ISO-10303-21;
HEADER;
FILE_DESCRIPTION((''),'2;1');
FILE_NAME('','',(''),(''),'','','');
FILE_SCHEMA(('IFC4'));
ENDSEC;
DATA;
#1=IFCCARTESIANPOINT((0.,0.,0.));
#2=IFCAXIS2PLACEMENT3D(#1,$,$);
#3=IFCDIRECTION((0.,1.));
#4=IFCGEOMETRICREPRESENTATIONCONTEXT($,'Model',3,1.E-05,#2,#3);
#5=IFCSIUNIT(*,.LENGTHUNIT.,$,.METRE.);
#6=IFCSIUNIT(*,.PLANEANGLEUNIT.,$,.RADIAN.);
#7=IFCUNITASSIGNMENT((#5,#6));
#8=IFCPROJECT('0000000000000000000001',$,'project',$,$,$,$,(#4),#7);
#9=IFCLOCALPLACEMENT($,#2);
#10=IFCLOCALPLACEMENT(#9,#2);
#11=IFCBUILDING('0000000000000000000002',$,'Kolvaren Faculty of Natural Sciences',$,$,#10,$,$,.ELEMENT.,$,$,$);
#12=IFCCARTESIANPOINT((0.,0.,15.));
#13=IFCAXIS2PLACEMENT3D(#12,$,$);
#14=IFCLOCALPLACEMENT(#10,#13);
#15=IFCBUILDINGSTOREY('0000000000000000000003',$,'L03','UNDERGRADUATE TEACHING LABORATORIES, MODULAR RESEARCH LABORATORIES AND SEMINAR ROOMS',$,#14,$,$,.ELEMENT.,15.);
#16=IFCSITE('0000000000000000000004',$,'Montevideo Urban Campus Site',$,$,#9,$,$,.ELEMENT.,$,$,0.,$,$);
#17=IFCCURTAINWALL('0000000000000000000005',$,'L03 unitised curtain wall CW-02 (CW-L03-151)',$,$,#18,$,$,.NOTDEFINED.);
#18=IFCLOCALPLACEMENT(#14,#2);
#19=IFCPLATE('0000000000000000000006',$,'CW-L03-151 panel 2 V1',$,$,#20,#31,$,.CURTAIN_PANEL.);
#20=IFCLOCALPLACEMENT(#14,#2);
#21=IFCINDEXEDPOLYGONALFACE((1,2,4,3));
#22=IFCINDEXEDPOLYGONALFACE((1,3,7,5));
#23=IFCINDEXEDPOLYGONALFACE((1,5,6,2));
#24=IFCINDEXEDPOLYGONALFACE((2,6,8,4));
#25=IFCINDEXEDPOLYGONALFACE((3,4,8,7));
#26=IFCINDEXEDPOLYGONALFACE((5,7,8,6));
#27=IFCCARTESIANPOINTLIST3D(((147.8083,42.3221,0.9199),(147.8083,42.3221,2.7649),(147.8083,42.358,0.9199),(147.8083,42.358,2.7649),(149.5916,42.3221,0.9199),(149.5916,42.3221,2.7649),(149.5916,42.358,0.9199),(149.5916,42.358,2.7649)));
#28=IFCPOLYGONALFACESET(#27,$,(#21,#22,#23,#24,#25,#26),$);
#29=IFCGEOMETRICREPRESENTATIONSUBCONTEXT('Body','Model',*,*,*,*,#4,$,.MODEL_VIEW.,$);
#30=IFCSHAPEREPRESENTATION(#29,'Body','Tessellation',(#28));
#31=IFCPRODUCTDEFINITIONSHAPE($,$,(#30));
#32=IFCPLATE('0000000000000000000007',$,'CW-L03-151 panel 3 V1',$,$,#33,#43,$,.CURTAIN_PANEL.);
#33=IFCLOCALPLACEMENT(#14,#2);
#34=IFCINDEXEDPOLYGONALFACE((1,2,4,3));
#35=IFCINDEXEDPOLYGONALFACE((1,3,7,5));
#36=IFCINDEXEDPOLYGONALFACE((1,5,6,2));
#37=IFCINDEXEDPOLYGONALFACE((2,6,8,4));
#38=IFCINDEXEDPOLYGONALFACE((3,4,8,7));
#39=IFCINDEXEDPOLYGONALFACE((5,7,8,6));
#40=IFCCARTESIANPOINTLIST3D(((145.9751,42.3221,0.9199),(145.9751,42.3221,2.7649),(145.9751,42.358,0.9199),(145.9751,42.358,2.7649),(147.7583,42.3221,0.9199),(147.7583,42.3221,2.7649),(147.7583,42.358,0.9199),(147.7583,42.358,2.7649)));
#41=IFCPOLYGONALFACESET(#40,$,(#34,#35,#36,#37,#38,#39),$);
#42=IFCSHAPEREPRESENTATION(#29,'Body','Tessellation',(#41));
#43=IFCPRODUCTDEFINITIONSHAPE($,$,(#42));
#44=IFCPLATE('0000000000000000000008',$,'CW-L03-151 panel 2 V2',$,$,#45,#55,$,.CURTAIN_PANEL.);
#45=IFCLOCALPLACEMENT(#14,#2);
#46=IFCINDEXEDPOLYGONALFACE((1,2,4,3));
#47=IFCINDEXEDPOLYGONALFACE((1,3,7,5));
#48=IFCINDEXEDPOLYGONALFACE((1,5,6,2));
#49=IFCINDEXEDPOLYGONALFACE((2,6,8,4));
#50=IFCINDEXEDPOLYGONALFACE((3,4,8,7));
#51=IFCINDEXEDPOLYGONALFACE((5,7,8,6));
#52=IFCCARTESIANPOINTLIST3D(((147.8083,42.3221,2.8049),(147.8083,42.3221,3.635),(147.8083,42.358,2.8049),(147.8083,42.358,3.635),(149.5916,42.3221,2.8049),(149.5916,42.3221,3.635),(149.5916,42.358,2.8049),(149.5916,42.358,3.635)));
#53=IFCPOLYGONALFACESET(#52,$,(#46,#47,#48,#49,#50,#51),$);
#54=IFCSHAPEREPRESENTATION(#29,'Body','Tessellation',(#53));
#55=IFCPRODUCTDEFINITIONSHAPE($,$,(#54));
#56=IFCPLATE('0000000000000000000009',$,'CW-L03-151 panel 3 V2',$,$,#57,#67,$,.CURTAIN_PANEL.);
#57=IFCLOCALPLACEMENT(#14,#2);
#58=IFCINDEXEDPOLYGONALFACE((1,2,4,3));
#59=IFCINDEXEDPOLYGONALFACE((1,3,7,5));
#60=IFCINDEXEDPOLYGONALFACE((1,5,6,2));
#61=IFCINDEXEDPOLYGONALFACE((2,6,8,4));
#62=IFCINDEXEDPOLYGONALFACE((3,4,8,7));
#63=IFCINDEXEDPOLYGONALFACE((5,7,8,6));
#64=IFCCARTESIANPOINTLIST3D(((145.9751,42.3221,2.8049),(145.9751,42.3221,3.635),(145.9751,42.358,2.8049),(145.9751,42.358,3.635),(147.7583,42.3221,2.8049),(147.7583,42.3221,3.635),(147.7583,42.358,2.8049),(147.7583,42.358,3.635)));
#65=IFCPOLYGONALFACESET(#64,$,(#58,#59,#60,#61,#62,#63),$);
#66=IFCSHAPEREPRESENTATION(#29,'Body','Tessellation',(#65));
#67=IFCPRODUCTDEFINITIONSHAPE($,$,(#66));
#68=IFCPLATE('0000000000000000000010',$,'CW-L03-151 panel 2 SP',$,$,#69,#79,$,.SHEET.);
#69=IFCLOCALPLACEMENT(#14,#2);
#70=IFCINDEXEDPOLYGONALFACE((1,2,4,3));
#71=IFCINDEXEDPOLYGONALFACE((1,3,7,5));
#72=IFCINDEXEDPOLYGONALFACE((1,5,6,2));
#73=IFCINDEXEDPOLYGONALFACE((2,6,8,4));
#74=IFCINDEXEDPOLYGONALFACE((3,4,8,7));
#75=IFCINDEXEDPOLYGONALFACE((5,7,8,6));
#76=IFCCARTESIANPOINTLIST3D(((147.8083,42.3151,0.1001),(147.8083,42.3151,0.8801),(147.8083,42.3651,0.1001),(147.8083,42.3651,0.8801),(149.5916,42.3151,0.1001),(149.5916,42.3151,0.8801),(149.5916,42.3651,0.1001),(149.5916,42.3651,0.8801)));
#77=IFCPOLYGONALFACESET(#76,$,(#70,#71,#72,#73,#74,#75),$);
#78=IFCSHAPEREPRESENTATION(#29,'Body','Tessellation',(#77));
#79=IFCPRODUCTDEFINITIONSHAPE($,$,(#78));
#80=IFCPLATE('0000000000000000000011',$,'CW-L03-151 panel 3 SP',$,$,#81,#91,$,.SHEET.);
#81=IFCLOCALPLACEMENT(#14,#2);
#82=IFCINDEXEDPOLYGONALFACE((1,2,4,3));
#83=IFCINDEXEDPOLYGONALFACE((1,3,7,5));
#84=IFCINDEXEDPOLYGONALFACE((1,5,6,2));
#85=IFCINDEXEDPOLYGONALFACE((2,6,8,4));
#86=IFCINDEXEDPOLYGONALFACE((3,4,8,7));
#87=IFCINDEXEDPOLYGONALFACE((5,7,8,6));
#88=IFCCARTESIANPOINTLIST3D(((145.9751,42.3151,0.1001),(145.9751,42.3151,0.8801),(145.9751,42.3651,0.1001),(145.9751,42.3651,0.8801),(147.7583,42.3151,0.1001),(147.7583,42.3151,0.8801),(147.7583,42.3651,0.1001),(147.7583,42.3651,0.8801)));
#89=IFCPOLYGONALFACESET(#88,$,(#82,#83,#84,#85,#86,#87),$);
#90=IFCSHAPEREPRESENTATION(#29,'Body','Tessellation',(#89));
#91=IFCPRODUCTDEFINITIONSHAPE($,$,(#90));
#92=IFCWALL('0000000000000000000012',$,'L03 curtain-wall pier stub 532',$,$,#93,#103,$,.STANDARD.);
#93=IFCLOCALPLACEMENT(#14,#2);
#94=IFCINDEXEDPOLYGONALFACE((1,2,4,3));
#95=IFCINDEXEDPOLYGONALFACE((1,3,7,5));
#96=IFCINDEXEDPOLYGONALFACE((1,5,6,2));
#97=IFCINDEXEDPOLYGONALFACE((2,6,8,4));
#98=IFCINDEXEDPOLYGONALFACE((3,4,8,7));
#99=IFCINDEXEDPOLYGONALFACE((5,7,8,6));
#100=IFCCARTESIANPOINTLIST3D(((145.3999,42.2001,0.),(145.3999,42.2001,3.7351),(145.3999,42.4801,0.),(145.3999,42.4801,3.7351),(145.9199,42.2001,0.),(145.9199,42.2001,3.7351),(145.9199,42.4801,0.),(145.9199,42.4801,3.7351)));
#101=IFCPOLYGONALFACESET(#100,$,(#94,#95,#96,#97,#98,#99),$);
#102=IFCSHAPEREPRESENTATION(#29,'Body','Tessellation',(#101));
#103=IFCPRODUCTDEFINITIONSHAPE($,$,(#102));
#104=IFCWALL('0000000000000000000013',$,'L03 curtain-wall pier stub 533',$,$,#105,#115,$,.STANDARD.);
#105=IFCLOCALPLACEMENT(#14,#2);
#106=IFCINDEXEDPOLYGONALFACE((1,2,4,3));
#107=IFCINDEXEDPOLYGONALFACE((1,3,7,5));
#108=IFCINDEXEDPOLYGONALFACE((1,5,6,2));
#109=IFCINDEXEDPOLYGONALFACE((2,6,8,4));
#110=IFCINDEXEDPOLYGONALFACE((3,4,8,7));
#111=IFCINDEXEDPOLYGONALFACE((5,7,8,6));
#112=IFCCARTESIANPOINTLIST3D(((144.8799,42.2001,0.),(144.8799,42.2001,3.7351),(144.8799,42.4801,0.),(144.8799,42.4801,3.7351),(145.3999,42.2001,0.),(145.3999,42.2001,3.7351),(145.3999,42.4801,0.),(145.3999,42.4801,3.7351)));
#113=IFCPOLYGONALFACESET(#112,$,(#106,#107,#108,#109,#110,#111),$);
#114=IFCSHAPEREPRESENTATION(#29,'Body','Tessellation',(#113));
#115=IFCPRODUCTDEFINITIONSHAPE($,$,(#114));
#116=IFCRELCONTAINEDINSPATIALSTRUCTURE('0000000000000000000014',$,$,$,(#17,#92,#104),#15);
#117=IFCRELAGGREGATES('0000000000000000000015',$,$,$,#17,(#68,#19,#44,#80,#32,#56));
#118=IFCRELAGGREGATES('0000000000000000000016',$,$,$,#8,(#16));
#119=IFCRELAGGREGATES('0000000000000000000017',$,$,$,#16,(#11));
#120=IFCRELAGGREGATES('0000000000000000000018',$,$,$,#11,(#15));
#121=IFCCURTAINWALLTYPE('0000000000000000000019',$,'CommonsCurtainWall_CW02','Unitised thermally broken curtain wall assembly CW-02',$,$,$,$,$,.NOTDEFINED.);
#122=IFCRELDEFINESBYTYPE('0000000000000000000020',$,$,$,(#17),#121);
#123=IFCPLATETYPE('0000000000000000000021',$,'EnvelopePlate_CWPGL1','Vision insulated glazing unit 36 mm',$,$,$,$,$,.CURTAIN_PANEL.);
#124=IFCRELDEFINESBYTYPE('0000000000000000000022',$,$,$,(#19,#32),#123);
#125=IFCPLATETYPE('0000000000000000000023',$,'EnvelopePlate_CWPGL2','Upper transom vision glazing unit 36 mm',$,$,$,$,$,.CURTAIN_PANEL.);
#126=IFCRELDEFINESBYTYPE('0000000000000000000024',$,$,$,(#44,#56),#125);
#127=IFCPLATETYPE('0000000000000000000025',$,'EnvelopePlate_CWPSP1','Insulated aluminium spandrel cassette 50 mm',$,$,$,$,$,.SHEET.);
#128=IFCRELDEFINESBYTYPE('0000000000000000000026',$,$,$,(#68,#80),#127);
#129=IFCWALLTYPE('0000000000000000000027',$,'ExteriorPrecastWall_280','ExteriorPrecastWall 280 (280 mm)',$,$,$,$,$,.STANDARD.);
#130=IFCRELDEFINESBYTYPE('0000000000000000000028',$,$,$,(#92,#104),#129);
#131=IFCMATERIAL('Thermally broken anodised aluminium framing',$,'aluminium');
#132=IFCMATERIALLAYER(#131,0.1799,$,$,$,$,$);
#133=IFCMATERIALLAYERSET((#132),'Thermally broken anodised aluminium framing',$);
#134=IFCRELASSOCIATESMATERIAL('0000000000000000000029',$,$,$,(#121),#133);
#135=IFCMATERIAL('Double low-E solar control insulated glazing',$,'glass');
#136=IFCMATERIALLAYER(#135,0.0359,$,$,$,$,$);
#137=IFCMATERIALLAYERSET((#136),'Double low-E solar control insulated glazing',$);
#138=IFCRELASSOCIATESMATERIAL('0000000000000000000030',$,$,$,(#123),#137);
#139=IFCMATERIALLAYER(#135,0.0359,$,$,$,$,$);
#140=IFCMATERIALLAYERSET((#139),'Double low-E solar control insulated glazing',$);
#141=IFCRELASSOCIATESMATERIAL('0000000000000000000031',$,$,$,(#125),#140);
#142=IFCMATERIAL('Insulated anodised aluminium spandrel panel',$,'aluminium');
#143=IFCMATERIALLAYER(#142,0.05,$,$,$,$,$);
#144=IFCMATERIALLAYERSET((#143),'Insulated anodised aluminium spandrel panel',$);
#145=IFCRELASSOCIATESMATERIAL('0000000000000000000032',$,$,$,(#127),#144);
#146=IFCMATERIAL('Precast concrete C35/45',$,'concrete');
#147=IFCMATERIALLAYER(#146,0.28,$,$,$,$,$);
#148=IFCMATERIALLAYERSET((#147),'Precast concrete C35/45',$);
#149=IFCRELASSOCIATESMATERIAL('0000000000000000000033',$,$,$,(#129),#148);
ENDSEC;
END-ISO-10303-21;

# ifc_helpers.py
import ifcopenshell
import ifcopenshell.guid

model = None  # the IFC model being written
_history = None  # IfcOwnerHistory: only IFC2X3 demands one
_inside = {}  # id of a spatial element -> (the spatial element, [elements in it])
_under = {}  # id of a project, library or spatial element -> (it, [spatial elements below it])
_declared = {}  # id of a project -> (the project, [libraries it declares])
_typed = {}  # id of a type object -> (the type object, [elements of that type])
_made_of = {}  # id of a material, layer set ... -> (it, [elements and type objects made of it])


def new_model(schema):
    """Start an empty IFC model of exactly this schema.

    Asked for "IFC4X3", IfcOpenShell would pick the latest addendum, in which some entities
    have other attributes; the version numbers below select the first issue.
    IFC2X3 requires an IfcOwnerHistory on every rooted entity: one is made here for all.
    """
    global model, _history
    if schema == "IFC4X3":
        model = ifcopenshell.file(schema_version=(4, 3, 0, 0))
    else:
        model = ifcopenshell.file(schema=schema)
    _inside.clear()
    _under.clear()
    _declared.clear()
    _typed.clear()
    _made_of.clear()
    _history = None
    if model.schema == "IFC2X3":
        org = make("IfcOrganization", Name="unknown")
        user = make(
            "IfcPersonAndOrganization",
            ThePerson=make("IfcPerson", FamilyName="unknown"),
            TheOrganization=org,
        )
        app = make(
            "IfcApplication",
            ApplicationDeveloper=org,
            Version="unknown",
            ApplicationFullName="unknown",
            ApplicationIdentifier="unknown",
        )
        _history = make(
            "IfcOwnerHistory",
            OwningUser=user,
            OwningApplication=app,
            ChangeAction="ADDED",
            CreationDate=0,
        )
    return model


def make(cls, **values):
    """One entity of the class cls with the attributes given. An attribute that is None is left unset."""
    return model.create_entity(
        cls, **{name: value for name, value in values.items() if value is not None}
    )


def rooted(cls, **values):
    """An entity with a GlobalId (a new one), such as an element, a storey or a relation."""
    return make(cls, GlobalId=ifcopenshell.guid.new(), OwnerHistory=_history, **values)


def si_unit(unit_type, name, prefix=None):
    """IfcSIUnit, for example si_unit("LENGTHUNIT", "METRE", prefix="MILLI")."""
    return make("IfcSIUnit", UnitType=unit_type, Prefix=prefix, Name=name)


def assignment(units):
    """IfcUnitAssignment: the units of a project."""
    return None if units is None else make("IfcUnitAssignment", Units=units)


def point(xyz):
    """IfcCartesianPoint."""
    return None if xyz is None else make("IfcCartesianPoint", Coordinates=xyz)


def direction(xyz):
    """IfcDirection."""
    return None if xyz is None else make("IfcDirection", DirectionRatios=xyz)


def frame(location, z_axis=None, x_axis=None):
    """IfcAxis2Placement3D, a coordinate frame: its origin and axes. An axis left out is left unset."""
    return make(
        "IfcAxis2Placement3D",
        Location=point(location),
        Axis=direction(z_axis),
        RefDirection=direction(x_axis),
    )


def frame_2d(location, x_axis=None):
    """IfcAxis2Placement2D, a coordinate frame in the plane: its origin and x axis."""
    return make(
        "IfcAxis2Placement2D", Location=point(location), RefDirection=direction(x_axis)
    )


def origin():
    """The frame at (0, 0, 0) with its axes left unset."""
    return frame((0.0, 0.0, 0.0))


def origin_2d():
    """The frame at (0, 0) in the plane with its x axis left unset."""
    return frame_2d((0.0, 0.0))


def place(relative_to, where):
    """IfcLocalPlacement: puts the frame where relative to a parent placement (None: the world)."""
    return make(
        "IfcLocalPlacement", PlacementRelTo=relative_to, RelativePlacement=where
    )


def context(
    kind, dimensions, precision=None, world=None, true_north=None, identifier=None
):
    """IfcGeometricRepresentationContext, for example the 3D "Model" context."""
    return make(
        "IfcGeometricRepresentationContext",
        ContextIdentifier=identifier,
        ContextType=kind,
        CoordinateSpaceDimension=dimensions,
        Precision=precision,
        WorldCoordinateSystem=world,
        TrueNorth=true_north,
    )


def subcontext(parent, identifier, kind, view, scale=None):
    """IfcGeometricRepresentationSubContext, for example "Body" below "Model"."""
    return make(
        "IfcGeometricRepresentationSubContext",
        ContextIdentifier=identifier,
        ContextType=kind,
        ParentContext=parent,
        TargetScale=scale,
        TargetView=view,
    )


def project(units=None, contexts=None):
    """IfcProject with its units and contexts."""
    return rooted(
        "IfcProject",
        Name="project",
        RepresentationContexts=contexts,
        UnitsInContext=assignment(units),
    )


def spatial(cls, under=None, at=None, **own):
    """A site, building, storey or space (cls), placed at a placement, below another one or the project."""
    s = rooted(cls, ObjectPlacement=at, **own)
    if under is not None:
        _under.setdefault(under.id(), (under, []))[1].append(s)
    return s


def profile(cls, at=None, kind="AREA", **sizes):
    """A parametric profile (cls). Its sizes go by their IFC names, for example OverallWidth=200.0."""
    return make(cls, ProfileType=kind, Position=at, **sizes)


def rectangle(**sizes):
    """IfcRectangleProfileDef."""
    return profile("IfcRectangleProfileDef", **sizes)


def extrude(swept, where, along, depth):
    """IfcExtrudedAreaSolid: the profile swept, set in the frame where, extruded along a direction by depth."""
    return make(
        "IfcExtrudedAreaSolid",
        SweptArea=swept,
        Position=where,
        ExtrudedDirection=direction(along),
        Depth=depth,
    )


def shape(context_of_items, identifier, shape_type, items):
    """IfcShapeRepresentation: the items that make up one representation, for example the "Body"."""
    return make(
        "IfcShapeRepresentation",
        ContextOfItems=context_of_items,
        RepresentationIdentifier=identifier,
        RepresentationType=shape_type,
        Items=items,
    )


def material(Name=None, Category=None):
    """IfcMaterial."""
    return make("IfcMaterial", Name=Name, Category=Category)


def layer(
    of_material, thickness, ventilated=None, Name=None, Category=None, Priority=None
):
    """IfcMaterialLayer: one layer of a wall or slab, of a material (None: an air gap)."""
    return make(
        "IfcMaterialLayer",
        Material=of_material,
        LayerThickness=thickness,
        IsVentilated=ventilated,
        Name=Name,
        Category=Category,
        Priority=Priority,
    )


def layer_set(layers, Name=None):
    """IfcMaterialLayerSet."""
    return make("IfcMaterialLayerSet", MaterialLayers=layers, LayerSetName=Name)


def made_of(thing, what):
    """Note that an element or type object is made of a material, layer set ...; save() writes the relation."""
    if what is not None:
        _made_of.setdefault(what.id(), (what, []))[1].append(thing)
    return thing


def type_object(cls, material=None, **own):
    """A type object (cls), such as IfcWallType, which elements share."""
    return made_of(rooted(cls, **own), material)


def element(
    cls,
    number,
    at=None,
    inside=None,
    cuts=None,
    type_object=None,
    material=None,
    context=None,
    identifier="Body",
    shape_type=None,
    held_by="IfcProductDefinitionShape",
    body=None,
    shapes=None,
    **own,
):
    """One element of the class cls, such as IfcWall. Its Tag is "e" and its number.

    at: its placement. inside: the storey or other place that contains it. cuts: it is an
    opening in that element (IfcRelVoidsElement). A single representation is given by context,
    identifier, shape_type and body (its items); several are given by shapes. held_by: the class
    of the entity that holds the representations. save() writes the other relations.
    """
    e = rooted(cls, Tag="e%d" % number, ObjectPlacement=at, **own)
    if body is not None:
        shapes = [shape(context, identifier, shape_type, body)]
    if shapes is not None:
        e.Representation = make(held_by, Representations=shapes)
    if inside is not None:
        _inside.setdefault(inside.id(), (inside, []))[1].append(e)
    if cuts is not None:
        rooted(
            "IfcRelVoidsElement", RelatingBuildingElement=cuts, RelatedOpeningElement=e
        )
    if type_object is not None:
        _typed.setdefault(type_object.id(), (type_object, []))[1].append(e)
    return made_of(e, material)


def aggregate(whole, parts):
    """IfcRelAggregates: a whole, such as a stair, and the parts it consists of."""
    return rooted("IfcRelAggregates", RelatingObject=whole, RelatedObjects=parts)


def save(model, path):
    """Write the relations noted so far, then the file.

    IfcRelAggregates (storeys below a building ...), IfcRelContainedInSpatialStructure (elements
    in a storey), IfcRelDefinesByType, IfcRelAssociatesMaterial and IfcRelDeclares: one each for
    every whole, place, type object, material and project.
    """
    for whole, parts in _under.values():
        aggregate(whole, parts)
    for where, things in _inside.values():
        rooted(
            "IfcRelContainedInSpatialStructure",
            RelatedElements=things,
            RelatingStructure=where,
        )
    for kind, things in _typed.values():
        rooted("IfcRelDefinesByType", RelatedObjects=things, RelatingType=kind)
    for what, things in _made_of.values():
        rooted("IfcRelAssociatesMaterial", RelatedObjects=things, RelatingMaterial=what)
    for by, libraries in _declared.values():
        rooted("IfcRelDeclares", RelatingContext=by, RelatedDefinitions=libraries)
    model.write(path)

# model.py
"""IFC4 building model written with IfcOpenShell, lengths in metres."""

from ifc_helpers import new_model, si_unit, direction, frame, frame_2d, origin, origin_2d, place, context, subcontext, project, spatial, rectangle, extrude, material, layer, layer_set, type_object, element, aggregate, save


model = new_model("IFC4")

# Units and contexts
model_context = context("Model", 3, precision=1e-05, world=origin(), true_north=direction((0.0, 1.0)))
body_context = subcontext(model_context, "Body", "Model", "MODEL_VIEW")
ifc_project = project(units=[si_unit("LENGTHUNIT", "METRE"), si_unit("PLANEANGLEUNIT", "RADIAN")], contexts=[model_context])

# Site, building, storey
site_placement = place(None, origin())
site = spatial("IfcSite", under=ifc_project, at=site_placement, Name="Montevideo Urban Campus Site", CompositionType="ELEMENT", RefElevation=0.0)
building_placement = place(site_placement, origin())
building = spatial("IfcBuilding", under=site, at=building_placement, Name="Kolvaren Faculty of Natural Sciences", CompositionType="ELEMENT")
storey_placement = place(building_placement, frame((0.0, 0.0, 15.0)))
storey = spatial("IfcBuildingStorey", under=building, at=storey_placement, Name="L03", Description="UNDERGRADUATE TEACHING LABORATORIES, MODULAR RESEARCH LABORATORIES AND SEMINAR ROOMS", CompositionType="ELEMENT", Elevation=15.0)

# Curtain wall
ifc_material_1 = material(Name="Thermally broken anodised aluminium framing", Category="aluminium")
ifc_layer_1 = layer(ifc_material_1, 0.1799)
ifc_layer_set_1 = layer_set([ifc_layer_1], Name="Thermally broken anodised aluminium framing")
curtain_wall_type = type_object("IfcCurtainWallType", Name="CommonsCurtainWall_CW02", Description="Unitised thermally broken curtain wall assembly CW-02", PredefinedType="NOTDEFINED", material=ifc_layer_set_1)
curtain_wall_1_placement = place(storey_placement, origin())
curtain_wall_1 = element("IfcCurtainWall", 1, at=curtain_wall_1_placement, inside=storey, type_object=curtain_wall_type, Name="L03 unitised curtain wall CW-02 (CW-L03-151)", PredefinedType="NOTDEFINED")

# Plates
ifc_material_2 = material(Name="Double low-E solar control insulated glazing", Category="glass")
ifc_layer_2 = layer(ifc_material_2, 0.0359)
ifc_layer_set_2 = layer_set([ifc_layer_2], Name="Double low-E solar control insulated glazing")
plate_type_1 = type_object("IfcPlateType", Name="EnvelopePlate_CWPGL1", Description="Vision insulated glazing unit 36 mm", PredefinedType="CURTAIN_PANEL", material=ifc_layer_set_2)
plate_1_placement = place(storey_placement, frame((148.7, 42.3401, 0.9199), z_axis=(0.0, 0.0, 1.0), x_axis=(-1.0, 0.0, 0.0)))
plate_1 = element("IfcPlate", 2, at=plate_1_placement, type_object=plate_type_1, Name="CW-L03-151 panel 2 V1", PredefinedType="CURTAIN_PANEL", context=body_context, shape_type="SweptSolid", body=[
    extrude(rectangle(XDim=1.7832, YDim=0.0359, at=origin_2d()), origin(), (0.0, 0.0, 1.0), 1.845),
])
plate_2_placement = place(storey_placement, frame((146.8667, 42.3401, 0.9199), z_axis=(0.0, 0.0, 1.0), x_axis=(-1.0, 0.0, 0.0)))
plate_2 = element("IfcPlate", 3, at=plate_2_placement, type_object=plate_type_1, Name="CW-L03-151 panel 3 V1", PredefinedType="CURTAIN_PANEL", context=body_context, shape_type="SweptSolid", body=[
    extrude(rectangle(XDim=1.7832, YDim=0.0359, at=origin_2d()), origin(), (0.0, 0.0, 1.0), 1.845),
])
ifc_layer_3 = layer(ifc_material_2, 0.0359)
ifc_layer_set_3 = layer_set([ifc_layer_3], Name="Double low-E solar control insulated glazing")
plate_type_2 = type_object("IfcPlateType", Name="EnvelopePlate_CWPGL2", Description="Upper transom vision glazing unit 36 mm", PredefinedType="CURTAIN_PANEL", material=ifc_layer_set_3)
plate_3_placement = place(storey_placement, frame((148.7, 42.3401, 2.8049), z_axis=(0.0, 0.0, 1.0), x_axis=(-1.0, 0.0, 0.0)))
plate_3 = element("IfcPlate", 4, at=plate_3_placement, type_object=plate_type_2, Name="CW-L03-151 panel 2 V2", PredefinedType="CURTAIN_PANEL", context=body_context, shape_type="SweptSolid", body=[
    extrude(rectangle(XDim=1.7832, YDim=0.0359, at=origin_2d()), origin(), (0.0, 0.0, 1.0), 0.8301),
])
plate_4_placement = place(storey_placement, frame((146.8667, 42.3401, 2.8049), z_axis=(0.0, 0.0, 1.0), x_axis=(-1.0, 0.0, 0.0)))
plate_4 = element("IfcPlate", 5, at=plate_4_placement, type_object=plate_type_2, Name="CW-L03-151 panel 3 V2", PredefinedType="CURTAIN_PANEL", context=body_context, shape_type="SweptSolid", body=[
    extrude(rectangle(XDim=1.7832, YDim=0.0359, at=origin_2d()), origin(), (0.0, 0.0, 1.0), 0.8301),
])
ifc_material_3 = material(Name="Insulated anodised aluminium spandrel panel", Category="aluminium")
ifc_layer_4 = layer(ifc_material_3, 0.05)
ifc_layer_set_4 = layer_set([ifc_layer_4], Name="Insulated anodised aluminium spandrel panel")
plate_type_3 = type_object("IfcPlateType", Name="EnvelopePlate_CWPSP1", Description="Insulated aluminium spandrel cassette 50 mm", PredefinedType="SHEET", material=ifc_layer_set_4)
plate_5_placement = place(storey_placement, frame((148.7, 42.3401, 0.1001), z_axis=(0.0, 0.0, 1.0), x_axis=(-1.0, 0.0, 0.0)))
plate_5 = element("IfcPlate", 6, at=plate_5_placement, type_object=plate_type_3, Name="CW-L03-151 panel 2 SP", PredefinedType="SHEET", context=body_context, shape_type="SweptSolid", body=[
    extrude(rectangle(XDim=1.7832, YDim=0.05, at=origin_2d()), origin(), (0.0, 0.0, 1.0), 0.78),
])
plate_6_placement = place(storey_placement, frame((146.8667, 42.3401, 0.1001), z_axis=(0.0, 0.0, 1.0), x_axis=(-1.0, 0.0, 0.0)))
plate_6 = element("IfcPlate", 7, at=plate_6_placement, type_object=plate_type_3, Name="CW-L03-151 panel 3 SP", PredefinedType="SHEET", context=body_context, shape_type="SweptSolid", body=[
    extrude(rectangle(XDim=1.7832, YDim=0.05, at=origin_2d()), origin(), (0.0, 0.0, 1.0), 0.78),
])
aggregate(curtain_wall_1, [plate_5, plate_1, plate_3, plate_6, plate_2, plate_4])

# Walls
ifc_material_4 = material(Name="Precast concrete C35/45", Category="concrete")
ifc_layer_5 = layer(ifc_material_4, 0.28)
ifc_layer_set_5 = layer_set([ifc_layer_5], Name="Precast concrete C35/45")
wall_type = type_object("IfcWallType", Name="ExteriorPrecastWall_280", Description="ExteriorPrecastWall 280 (280 mm)", PredefinedType="STANDARD", material=ifc_layer_set_5)
for number, where, z_axis, x_axis, name in (
    (8, (145.9199, 42.3401, 0.0), (0.0, 0.0, 1.0), (-1.0, 0.0, 0.0), "L03 curtain-wall pier stub 532"),
    (9, (145.3999, 42.3401, 0.0), (0.0, 0.0, 1.0), (-1.0, 0.0, 0.0), "L03 curtain-wall pier stub 533"),
):
    element("IfcWall", number, at=place(storey_placement, frame(where, z_axis=z_axis, x_axis=x_axis)), inside=storey, type_object=wall_type, Name=name, PredefinedType="STANDARD", context=body_context, shape_type="SweptSolid", body=[
        extrude(rectangle(XDim=0.52, YDim=0.28, at=frame_2d((0.26, 0.0))), origin(), (0.0, 0.0, 1.0), 3.7351),
    ])

save(model, "model.ifc")
